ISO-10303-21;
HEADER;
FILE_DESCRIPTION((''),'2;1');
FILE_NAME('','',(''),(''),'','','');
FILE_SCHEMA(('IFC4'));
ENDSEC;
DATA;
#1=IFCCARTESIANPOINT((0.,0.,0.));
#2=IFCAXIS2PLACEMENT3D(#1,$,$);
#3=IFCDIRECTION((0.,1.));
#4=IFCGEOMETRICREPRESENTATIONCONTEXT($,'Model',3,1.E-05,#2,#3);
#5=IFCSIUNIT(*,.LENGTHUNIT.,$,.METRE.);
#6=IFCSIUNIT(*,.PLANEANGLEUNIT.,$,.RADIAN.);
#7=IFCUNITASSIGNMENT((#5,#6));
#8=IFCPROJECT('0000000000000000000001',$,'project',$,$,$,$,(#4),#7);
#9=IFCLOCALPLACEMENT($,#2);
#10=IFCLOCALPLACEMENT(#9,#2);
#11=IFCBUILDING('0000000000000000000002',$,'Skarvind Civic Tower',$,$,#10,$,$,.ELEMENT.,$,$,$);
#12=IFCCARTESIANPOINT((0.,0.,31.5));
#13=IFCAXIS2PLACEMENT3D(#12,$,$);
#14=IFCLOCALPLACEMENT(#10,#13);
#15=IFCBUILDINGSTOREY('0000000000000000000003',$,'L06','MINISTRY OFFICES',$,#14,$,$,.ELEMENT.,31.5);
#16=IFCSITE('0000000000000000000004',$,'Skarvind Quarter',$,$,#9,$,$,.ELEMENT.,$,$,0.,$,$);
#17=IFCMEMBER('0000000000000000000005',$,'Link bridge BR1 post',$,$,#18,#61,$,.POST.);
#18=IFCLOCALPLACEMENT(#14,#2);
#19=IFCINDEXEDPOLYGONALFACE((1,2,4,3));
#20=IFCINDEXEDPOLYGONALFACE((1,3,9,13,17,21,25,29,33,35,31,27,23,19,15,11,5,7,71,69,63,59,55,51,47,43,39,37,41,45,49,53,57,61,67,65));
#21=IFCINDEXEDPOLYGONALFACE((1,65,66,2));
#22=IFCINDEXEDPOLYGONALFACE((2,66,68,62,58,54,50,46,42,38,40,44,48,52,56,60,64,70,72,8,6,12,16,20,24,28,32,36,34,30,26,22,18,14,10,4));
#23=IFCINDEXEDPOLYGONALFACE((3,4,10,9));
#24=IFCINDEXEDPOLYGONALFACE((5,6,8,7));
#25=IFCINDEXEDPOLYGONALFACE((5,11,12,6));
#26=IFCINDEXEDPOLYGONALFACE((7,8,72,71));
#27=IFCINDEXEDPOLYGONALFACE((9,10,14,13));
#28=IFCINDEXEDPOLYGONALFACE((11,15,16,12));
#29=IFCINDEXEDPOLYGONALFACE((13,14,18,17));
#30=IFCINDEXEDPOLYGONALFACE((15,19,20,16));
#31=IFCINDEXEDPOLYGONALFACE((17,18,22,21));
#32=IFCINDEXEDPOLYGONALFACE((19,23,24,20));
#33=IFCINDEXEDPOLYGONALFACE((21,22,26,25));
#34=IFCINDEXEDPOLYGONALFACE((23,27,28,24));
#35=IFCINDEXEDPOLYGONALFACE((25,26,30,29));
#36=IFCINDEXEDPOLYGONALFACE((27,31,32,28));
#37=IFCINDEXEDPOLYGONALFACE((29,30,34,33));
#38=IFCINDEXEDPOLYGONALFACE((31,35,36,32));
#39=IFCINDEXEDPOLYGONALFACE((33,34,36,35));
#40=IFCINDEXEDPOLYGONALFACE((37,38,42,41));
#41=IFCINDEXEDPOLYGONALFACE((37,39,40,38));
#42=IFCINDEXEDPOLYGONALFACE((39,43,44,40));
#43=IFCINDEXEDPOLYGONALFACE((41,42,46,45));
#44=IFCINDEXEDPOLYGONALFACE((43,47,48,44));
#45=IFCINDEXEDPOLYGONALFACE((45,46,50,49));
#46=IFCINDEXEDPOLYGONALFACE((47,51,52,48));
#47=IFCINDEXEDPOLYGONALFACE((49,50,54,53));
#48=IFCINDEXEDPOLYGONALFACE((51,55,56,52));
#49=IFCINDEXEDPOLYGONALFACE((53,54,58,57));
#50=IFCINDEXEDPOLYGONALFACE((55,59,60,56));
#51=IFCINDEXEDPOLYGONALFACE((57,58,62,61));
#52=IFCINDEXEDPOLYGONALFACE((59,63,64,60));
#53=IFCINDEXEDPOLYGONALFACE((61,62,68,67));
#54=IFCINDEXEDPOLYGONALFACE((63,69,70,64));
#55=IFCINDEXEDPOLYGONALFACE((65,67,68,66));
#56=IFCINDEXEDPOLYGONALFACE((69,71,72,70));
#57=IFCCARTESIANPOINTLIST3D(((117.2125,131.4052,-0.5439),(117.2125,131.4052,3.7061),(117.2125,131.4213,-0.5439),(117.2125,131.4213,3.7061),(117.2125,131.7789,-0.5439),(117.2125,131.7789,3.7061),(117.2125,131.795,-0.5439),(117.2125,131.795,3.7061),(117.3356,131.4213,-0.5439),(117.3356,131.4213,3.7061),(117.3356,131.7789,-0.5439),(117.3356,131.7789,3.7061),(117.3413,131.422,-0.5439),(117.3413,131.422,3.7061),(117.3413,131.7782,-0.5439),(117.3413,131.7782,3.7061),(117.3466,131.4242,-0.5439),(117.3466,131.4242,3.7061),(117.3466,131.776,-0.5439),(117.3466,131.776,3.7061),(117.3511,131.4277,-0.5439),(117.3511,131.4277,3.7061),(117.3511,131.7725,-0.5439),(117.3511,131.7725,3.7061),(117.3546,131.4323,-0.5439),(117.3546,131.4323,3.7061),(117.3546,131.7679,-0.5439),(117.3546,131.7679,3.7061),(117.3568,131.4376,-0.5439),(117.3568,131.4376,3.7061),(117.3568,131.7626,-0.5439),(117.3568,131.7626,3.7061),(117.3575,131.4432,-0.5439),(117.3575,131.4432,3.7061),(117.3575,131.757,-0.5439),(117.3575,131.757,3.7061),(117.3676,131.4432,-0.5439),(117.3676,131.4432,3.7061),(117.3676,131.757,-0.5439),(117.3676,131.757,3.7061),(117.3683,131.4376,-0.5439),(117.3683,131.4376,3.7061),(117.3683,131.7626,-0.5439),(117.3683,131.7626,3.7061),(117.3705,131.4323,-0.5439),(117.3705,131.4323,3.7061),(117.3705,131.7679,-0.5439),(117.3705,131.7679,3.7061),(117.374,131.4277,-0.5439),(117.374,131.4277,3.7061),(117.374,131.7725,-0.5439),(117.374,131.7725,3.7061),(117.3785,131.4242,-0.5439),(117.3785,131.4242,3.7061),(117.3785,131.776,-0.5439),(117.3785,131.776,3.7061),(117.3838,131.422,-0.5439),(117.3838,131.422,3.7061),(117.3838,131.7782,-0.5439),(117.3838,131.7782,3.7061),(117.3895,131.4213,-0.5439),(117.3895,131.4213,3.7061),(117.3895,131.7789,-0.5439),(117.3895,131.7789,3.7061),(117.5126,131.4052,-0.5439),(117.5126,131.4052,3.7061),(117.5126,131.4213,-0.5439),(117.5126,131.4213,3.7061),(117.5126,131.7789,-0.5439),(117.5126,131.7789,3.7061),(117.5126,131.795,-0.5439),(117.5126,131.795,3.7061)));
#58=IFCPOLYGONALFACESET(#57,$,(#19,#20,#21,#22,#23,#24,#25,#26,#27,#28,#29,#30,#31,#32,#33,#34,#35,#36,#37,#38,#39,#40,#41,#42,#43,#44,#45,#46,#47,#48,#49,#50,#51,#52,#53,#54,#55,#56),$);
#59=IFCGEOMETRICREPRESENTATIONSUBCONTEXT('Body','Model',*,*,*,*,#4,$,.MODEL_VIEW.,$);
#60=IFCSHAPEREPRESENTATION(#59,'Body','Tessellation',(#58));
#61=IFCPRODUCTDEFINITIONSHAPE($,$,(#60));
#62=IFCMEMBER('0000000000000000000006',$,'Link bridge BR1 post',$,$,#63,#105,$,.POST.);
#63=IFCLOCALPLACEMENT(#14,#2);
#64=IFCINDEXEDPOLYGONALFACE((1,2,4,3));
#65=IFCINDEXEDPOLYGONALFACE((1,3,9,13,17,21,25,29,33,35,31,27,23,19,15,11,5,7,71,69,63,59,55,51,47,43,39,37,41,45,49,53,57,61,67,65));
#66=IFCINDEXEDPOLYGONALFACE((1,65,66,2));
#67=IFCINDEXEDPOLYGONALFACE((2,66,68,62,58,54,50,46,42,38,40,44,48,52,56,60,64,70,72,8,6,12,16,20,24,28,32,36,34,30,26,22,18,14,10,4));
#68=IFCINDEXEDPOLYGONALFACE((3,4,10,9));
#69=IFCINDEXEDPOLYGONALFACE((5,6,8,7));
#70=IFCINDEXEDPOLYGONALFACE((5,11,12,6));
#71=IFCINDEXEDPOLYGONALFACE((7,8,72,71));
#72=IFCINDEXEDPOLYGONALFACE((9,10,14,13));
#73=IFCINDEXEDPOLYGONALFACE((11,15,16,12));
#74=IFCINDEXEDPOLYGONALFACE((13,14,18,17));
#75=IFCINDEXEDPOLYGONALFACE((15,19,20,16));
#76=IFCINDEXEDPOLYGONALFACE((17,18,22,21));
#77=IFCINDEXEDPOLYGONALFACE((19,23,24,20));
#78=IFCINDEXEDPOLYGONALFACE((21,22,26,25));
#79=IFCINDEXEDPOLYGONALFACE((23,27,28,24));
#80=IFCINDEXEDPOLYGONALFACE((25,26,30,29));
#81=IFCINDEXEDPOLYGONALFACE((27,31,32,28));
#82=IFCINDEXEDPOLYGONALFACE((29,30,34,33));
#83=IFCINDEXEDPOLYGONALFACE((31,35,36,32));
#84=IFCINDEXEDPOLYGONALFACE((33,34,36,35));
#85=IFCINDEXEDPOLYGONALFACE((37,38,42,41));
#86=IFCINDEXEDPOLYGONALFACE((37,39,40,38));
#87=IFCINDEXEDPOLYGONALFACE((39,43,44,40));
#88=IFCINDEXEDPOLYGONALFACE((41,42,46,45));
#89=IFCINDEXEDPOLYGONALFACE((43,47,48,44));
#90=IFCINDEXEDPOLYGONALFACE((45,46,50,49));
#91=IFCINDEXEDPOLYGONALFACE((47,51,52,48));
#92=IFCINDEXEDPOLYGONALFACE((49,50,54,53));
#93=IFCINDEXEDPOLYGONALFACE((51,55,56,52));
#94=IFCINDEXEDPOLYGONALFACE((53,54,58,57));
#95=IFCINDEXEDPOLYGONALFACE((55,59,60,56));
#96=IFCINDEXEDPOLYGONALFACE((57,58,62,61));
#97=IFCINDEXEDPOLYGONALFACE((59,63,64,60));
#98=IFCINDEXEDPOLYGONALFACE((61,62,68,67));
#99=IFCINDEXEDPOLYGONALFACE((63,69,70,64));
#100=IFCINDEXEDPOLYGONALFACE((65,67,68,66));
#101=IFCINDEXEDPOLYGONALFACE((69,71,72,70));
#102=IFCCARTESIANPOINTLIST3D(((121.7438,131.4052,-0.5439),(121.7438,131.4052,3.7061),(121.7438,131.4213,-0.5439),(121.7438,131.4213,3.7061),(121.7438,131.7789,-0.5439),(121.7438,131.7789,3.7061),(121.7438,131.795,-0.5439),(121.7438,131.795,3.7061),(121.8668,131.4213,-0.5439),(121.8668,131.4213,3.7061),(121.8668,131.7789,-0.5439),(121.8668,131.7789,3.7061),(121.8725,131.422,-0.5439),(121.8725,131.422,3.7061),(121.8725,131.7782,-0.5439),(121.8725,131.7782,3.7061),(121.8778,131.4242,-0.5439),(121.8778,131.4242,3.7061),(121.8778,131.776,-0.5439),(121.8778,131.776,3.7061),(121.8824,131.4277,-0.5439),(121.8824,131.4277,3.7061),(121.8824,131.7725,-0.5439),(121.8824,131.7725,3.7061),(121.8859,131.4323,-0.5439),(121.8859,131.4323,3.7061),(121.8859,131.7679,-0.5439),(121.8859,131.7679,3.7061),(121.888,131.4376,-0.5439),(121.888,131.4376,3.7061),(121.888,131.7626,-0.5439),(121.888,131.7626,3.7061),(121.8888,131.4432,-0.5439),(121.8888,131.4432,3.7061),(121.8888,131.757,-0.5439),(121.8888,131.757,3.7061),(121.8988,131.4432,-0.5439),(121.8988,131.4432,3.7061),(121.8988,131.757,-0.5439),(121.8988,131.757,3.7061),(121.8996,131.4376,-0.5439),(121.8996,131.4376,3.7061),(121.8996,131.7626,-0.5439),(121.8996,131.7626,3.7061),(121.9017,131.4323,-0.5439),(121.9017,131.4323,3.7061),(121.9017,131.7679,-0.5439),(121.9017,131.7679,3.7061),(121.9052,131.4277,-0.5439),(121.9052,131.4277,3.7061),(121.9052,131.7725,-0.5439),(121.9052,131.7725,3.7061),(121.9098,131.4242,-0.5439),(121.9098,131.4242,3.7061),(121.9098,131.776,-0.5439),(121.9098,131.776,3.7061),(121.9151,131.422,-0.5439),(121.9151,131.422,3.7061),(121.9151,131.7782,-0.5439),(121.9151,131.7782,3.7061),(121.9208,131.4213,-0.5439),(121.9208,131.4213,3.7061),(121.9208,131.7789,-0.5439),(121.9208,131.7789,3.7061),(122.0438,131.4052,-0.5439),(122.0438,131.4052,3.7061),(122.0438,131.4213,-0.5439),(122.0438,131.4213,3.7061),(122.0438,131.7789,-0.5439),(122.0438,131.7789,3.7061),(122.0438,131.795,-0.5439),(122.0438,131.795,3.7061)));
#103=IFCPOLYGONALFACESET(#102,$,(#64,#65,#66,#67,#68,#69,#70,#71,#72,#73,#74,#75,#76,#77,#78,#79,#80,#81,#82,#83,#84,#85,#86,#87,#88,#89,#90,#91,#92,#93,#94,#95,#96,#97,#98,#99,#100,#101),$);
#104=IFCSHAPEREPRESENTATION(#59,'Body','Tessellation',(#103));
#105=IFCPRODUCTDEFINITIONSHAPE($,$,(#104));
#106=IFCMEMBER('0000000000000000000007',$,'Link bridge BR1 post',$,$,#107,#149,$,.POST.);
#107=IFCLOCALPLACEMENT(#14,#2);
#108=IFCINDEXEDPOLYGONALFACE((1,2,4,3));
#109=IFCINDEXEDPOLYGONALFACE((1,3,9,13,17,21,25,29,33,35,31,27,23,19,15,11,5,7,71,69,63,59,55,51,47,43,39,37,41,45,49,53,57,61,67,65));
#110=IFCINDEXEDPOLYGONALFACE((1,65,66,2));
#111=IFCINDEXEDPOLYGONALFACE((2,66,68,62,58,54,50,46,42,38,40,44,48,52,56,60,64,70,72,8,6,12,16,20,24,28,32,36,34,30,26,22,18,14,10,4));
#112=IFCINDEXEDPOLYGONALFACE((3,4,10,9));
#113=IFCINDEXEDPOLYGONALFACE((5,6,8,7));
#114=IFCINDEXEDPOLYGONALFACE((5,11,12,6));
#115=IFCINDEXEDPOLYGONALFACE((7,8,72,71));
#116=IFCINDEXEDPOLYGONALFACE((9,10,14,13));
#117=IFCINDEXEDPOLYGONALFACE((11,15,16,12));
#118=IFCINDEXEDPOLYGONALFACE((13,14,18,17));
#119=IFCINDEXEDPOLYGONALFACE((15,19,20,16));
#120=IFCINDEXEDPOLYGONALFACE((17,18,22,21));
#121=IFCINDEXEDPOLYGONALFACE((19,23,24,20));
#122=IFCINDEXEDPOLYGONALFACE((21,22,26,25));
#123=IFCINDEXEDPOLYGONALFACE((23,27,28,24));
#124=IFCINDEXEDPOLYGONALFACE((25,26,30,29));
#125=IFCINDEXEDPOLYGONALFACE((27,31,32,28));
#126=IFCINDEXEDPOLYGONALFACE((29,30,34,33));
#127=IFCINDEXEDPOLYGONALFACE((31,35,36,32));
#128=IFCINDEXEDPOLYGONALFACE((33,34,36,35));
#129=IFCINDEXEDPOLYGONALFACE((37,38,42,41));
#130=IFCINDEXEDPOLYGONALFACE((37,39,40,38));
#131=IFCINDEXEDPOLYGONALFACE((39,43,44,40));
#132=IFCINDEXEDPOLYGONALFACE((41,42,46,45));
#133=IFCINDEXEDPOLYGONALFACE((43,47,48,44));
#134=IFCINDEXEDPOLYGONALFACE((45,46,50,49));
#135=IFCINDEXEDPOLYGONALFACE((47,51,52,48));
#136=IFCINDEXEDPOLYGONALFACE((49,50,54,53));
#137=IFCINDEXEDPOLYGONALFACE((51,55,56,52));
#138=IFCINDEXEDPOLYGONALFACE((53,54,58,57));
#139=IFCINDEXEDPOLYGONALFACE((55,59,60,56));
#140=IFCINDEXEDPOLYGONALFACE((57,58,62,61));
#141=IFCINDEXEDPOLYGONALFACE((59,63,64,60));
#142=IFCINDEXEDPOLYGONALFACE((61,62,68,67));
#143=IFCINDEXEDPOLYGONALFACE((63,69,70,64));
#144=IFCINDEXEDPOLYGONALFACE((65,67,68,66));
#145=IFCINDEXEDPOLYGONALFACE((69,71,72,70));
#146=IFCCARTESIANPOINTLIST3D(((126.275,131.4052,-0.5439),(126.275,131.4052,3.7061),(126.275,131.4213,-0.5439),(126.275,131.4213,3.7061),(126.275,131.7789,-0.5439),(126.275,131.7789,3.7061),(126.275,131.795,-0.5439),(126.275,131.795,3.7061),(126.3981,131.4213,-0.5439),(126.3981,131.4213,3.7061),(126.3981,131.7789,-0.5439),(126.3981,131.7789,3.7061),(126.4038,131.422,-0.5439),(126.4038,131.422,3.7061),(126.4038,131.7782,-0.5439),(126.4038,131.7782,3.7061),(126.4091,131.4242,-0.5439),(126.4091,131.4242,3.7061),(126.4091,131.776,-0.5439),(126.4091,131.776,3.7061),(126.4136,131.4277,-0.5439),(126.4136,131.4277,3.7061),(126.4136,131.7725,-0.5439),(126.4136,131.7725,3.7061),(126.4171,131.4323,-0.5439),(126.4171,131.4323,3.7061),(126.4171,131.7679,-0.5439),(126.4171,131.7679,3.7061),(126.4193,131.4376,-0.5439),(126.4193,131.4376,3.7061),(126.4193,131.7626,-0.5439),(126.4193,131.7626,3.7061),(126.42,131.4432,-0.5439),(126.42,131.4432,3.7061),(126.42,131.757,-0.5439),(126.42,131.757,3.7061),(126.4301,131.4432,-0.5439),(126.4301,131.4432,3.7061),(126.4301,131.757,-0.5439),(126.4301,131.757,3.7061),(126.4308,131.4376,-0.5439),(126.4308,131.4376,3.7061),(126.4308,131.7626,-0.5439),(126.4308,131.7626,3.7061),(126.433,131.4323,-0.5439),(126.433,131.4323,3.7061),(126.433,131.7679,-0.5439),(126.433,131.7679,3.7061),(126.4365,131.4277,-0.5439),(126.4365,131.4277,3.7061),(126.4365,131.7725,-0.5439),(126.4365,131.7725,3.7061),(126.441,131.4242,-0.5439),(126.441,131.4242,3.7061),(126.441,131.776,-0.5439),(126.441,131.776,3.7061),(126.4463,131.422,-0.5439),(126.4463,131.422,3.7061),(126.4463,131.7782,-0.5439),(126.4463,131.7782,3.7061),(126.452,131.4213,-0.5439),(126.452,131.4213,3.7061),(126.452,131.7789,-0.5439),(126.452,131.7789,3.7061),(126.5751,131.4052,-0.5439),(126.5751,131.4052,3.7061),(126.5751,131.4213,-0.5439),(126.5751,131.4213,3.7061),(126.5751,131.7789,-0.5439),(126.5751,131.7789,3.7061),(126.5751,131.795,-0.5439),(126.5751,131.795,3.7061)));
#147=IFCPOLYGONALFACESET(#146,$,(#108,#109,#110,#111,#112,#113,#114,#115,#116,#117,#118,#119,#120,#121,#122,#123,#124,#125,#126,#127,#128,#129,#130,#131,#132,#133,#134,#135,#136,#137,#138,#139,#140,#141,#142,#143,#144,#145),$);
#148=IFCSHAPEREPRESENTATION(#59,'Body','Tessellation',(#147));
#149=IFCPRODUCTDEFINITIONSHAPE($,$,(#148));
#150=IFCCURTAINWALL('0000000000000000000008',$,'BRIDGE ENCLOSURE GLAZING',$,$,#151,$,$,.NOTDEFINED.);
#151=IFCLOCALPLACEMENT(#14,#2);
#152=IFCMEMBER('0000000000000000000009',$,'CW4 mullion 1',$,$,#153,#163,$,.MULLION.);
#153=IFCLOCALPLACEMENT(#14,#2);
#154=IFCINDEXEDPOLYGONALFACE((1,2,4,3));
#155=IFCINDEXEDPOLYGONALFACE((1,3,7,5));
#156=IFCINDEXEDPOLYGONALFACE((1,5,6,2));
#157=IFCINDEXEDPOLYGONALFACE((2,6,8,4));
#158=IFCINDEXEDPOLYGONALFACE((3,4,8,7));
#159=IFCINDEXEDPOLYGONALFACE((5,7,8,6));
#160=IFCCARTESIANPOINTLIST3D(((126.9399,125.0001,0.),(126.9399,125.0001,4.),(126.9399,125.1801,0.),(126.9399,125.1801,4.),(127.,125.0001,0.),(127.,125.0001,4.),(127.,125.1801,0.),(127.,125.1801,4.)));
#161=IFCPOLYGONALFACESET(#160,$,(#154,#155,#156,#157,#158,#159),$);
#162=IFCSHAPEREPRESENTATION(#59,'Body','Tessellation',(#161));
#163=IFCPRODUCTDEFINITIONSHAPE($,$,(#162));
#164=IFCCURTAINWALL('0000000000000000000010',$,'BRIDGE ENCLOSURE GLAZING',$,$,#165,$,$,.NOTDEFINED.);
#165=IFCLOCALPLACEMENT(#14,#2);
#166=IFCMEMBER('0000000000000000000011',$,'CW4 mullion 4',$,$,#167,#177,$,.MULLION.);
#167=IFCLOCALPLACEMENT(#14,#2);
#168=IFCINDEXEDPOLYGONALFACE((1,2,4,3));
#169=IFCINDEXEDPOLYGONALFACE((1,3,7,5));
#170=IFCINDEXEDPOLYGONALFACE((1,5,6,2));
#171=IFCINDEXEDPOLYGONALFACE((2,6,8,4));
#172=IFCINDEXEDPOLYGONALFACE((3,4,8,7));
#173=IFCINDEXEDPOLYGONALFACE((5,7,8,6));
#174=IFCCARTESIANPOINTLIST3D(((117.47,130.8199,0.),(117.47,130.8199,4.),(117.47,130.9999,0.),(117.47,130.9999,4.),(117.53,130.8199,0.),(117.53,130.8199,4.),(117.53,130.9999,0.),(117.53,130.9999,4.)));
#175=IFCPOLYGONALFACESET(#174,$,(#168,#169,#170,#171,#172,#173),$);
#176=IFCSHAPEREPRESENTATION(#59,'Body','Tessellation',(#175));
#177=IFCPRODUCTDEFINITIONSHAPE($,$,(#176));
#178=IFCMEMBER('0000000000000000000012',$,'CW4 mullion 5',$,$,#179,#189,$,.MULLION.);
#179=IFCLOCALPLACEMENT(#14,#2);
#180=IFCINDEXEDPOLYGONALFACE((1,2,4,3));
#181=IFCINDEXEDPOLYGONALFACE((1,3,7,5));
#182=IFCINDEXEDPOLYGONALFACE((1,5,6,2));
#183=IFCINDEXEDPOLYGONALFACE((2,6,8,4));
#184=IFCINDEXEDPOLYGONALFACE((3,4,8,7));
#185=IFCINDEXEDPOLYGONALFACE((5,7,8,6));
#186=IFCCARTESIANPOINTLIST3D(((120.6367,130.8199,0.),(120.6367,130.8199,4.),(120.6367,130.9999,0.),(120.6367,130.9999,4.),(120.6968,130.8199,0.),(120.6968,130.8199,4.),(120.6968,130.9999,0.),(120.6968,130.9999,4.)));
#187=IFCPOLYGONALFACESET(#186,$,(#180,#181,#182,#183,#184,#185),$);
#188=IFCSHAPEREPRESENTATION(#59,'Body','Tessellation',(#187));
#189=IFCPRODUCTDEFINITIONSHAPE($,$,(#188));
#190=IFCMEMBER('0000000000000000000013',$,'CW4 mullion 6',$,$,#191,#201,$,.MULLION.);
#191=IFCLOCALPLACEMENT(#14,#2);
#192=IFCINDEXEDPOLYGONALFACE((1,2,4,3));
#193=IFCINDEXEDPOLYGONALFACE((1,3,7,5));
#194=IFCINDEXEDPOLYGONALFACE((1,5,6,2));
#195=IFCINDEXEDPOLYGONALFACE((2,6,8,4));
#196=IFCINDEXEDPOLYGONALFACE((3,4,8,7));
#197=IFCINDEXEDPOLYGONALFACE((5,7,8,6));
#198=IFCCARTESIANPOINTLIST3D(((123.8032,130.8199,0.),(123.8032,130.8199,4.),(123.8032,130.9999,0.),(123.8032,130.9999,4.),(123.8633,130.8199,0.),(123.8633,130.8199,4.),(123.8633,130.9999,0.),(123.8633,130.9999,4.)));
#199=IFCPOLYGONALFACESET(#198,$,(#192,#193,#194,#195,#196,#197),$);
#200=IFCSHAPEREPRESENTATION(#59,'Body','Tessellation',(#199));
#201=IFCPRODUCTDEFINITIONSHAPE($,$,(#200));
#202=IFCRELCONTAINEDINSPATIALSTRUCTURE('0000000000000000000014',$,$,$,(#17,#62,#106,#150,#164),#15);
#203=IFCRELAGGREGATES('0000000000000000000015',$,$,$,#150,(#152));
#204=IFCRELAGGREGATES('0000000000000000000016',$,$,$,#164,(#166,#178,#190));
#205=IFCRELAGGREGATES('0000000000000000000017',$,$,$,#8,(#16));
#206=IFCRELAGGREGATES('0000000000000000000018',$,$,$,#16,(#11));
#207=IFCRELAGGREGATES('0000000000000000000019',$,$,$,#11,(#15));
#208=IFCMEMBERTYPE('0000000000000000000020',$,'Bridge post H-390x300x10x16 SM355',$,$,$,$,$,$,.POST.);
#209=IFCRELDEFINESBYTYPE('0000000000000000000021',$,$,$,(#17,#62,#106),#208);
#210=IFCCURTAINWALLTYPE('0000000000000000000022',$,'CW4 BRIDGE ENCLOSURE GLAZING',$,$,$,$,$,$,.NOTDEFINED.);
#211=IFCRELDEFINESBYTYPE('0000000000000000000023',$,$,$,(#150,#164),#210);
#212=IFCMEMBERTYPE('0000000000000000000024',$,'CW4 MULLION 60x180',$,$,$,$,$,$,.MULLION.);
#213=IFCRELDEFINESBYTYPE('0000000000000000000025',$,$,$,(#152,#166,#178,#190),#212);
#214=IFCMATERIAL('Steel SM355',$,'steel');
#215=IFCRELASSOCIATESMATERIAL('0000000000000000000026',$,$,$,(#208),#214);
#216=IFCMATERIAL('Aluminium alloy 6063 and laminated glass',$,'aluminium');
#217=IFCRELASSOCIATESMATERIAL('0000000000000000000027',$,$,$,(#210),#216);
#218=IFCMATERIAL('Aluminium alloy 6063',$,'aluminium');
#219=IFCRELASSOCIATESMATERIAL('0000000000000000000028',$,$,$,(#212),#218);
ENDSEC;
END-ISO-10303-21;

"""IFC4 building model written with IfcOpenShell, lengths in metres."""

from ifc_helpers import new_model, si_unit, direction, frame, origin, origin_2d, place, context, subcontext, project, spatial, rectangle, i_section, extrude, material, material_profile, profile_set, type_object, element, aggregate, save


model = new_model("IFC4")

# Units and contexts
model_context = context("Model", 3, precision=1e-05, world=origin(), true_north=direction((0.0, 1.0)))
body_context = subcontext(model_context, "Body", "Model", "MODEL_VIEW")
ifc_project = project(units=[si_unit("LENGTHUNIT", "METRE"), si_unit("PLANEANGLEUNIT", "RADIAN")], contexts=[model_context])

# Site, building, storey
site_placement = place(None, origin())
site = spatial("IfcSite", under=ifc_project, at=site_placement, Name="Skarvind Quarter", CompositionType="ELEMENT", RefElevation=0.0)
building_placement = place(site_placement, origin())
building = spatial("IfcBuilding", under=site, at=building_placement, Name="Skarvind Civic Tower", CompositionType="ELEMENT")
storey_placement = place(building_placement, frame((0.0, 0.0, 31.5)))
storey = spatial("IfcBuildingStorey", under=building, at=storey_placement, Name="L06", Description="MINISTRY OFFICES", CompositionType="ELEMENT", Elevation=31.5)

# Members
ifc_material_1 = material(Name="Steel SM355", Category="steel")
ifc_material_profile_1 = material_profile(ifc_material_1, i_section(OverallWidth=0.3, OverallDepth=0.3899, WebThickness=0.01, FlangeThickness=0.0161, FilletRadius=0.022, at=origin_2d()), Name="H-390x300x10x16")
ifc_profile_set_1 = profile_set([ifc_material_profile_1], Name="Steel SM355")
member_type_1 = type_object("IfcMemberType", Name="Bridge post H-390x300x10x16 SM355", PredefinedType="POST", material=ifc_profile_set_1)
for number, where, z_axis, x_axis, name in (
    (1, (117.3625, 131.6001, -0.5439), (0.0, 0.0, 1.0), (1.0, 0.0, 0.0), "Link bridge BR1 post"),
    (2, (121.8938, 131.6001, -0.5439), (0.0, 0.0, 1.0), (1.0, 0.0, 0.0), "Link bridge BR1 post"),
    (3, (126.425, 131.6001, -0.5439), (0.0, 0.0, 1.0), (1.0, 0.0, 0.0), "Link bridge BR1 post"),
):
    element("IfcMember", number, at=place(storey_placement, frame(where, z_axis=z_axis, x_axis=x_axis)), inside=storey, type_object=member_type_1, Name=name, PredefinedType="POST", context=body_context, shape_type="SweptSolid", body=[
        extrude(i_section(OverallWidth=0.3, OverallDepth=0.3899, WebThickness=0.01, FlangeThickness=0.0161, FilletRadius=0.022, at=origin_2d()), origin(), (0.0, 0.0, 1.0), 4.25),
    ])

# Curtain wall, member
ifc_material_2 = material(Name="Aluminium alloy 6063 and laminated glass", Category="aluminium")
curtain_wall_type = type_object("IfcCurtainWallType", Name="CW4 BRIDGE ENCLOSURE GLAZING", PredefinedType="NOTDEFINED", material=ifc_material_2)
curtain_wall_1_placement = place(storey_placement, origin())
curtain_wall_1 = element("IfcCurtainWall", 4, at=curtain_wall_1_placement, inside=storey, type_object=curtain_wall_type, Name="BRIDGE ENCLOSURE GLAZING", PredefinedType="NOTDEFINED")
ifc_material_3 = material(Name="Aluminium alloy 6063", Category="aluminium")
ifc_material_profile_2 = material_profile(ifc_material_3, rectangle(XDim=0.1799, YDim=0.0601, at=origin_2d()), Name="AL 60x180")
ifc_profile_set_2 = profile_set([ifc_material_profile_2], Name="Aluminium alloy 6063")
member_type_2 = type_object("IfcMemberType", Name="CW4 MULLION 60x180", PredefinedType="MULLION", material=ifc_profile_set_2)
member_1_placement = place(storey_placement, frame((126.97, 125.0901, 0.0), z_axis=(0.0, 0.0, 1.0), x_axis=(0.0, -1.0, 0.0)))
member_1 = element("IfcMember", 5, at=member_1_placement, type_object=member_type_2, Name="CW4 mullion 1", PredefinedType="MULLION", context=body_context, shape_type="SweptSolid", body=[
    extrude(rectangle(XDim=0.1799, YDim=0.0601, at=origin_2d()), origin(), (0.0, 0.0, 1.0), 4.0),
])
aggregate(curtain_wall_1, [member_1])

# Curtain wall, members
curtain_wall_2_placement = place(storey_placement, origin())
curtain_wall_2 = element("IfcCurtainWall", 6, at=curtain_wall_2_placement, inside=storey, type_object=curtain_wall_type, Name="BRIDGE ENCLOSURE GLAZING", PredefinedType="NOTDEFINED")
member_2_placement = place(storey_placement, frame((117.5, 130.9099, 0.0), z_axis=(0.0, 0.0, 1.0), x_axis=(0.0, 1.0, 0.0)))
member_2 = element("IfcMember", 7, at=member_2_placement, type_object=member_type_2, Name="CW4 mullion 4", PredefinedType="MULLION", context=body_context, shape_type="SweptSolid", body=[
    extrude(rectangle(XDim=0.1799, YDim=0.0601, at=origin_2d()), origin(), (0.0, 0.0, 1.0), 4.0),
])
member_3_placement = place(storey_placement, frame((120.6667, 130.9099, 0.0), z_axis=(0.0, 0.0, 1.0), x_axis=(0.0, 1.0, 0.0)))
member_3 = element("IfcMember", 8, at=member_3_placement, type_object=member_type_2, Name="CW4 mullion 5", PredefinedType="MULLION", context=body_context, shape_type="SweptSolid", body=[
    extrude(rectangle(XDim=0.1799, YDim=0.0601, at=origin_2d()), origin(), (0.0, 0.0, 1.0), 4.0),
])
member_4_placement = place(storey_placement, frame((123.8333, 130.9099, 0.0), z_axis=(0.0, 0.0, 1.0), x_axis=(0.0, 1.0, 0.0)))
member_4 = element("IfcMember", 9, at=member_4_placement, type_object=member_type_2, Name="CW4 mullion 6", PredefinedType="MULLION", context=body_context, shape_type="SweptSolid", body=[
    extrude(rectangle(XDim=0.1799, YDim=0.0601, at=origin_2d()), origin(), (0.0, 0.0, 1.0), 4.0),
])
aggregate(curtain_wall_2, [member_2, member_3, member_4])

save(model, "model.ifc")
